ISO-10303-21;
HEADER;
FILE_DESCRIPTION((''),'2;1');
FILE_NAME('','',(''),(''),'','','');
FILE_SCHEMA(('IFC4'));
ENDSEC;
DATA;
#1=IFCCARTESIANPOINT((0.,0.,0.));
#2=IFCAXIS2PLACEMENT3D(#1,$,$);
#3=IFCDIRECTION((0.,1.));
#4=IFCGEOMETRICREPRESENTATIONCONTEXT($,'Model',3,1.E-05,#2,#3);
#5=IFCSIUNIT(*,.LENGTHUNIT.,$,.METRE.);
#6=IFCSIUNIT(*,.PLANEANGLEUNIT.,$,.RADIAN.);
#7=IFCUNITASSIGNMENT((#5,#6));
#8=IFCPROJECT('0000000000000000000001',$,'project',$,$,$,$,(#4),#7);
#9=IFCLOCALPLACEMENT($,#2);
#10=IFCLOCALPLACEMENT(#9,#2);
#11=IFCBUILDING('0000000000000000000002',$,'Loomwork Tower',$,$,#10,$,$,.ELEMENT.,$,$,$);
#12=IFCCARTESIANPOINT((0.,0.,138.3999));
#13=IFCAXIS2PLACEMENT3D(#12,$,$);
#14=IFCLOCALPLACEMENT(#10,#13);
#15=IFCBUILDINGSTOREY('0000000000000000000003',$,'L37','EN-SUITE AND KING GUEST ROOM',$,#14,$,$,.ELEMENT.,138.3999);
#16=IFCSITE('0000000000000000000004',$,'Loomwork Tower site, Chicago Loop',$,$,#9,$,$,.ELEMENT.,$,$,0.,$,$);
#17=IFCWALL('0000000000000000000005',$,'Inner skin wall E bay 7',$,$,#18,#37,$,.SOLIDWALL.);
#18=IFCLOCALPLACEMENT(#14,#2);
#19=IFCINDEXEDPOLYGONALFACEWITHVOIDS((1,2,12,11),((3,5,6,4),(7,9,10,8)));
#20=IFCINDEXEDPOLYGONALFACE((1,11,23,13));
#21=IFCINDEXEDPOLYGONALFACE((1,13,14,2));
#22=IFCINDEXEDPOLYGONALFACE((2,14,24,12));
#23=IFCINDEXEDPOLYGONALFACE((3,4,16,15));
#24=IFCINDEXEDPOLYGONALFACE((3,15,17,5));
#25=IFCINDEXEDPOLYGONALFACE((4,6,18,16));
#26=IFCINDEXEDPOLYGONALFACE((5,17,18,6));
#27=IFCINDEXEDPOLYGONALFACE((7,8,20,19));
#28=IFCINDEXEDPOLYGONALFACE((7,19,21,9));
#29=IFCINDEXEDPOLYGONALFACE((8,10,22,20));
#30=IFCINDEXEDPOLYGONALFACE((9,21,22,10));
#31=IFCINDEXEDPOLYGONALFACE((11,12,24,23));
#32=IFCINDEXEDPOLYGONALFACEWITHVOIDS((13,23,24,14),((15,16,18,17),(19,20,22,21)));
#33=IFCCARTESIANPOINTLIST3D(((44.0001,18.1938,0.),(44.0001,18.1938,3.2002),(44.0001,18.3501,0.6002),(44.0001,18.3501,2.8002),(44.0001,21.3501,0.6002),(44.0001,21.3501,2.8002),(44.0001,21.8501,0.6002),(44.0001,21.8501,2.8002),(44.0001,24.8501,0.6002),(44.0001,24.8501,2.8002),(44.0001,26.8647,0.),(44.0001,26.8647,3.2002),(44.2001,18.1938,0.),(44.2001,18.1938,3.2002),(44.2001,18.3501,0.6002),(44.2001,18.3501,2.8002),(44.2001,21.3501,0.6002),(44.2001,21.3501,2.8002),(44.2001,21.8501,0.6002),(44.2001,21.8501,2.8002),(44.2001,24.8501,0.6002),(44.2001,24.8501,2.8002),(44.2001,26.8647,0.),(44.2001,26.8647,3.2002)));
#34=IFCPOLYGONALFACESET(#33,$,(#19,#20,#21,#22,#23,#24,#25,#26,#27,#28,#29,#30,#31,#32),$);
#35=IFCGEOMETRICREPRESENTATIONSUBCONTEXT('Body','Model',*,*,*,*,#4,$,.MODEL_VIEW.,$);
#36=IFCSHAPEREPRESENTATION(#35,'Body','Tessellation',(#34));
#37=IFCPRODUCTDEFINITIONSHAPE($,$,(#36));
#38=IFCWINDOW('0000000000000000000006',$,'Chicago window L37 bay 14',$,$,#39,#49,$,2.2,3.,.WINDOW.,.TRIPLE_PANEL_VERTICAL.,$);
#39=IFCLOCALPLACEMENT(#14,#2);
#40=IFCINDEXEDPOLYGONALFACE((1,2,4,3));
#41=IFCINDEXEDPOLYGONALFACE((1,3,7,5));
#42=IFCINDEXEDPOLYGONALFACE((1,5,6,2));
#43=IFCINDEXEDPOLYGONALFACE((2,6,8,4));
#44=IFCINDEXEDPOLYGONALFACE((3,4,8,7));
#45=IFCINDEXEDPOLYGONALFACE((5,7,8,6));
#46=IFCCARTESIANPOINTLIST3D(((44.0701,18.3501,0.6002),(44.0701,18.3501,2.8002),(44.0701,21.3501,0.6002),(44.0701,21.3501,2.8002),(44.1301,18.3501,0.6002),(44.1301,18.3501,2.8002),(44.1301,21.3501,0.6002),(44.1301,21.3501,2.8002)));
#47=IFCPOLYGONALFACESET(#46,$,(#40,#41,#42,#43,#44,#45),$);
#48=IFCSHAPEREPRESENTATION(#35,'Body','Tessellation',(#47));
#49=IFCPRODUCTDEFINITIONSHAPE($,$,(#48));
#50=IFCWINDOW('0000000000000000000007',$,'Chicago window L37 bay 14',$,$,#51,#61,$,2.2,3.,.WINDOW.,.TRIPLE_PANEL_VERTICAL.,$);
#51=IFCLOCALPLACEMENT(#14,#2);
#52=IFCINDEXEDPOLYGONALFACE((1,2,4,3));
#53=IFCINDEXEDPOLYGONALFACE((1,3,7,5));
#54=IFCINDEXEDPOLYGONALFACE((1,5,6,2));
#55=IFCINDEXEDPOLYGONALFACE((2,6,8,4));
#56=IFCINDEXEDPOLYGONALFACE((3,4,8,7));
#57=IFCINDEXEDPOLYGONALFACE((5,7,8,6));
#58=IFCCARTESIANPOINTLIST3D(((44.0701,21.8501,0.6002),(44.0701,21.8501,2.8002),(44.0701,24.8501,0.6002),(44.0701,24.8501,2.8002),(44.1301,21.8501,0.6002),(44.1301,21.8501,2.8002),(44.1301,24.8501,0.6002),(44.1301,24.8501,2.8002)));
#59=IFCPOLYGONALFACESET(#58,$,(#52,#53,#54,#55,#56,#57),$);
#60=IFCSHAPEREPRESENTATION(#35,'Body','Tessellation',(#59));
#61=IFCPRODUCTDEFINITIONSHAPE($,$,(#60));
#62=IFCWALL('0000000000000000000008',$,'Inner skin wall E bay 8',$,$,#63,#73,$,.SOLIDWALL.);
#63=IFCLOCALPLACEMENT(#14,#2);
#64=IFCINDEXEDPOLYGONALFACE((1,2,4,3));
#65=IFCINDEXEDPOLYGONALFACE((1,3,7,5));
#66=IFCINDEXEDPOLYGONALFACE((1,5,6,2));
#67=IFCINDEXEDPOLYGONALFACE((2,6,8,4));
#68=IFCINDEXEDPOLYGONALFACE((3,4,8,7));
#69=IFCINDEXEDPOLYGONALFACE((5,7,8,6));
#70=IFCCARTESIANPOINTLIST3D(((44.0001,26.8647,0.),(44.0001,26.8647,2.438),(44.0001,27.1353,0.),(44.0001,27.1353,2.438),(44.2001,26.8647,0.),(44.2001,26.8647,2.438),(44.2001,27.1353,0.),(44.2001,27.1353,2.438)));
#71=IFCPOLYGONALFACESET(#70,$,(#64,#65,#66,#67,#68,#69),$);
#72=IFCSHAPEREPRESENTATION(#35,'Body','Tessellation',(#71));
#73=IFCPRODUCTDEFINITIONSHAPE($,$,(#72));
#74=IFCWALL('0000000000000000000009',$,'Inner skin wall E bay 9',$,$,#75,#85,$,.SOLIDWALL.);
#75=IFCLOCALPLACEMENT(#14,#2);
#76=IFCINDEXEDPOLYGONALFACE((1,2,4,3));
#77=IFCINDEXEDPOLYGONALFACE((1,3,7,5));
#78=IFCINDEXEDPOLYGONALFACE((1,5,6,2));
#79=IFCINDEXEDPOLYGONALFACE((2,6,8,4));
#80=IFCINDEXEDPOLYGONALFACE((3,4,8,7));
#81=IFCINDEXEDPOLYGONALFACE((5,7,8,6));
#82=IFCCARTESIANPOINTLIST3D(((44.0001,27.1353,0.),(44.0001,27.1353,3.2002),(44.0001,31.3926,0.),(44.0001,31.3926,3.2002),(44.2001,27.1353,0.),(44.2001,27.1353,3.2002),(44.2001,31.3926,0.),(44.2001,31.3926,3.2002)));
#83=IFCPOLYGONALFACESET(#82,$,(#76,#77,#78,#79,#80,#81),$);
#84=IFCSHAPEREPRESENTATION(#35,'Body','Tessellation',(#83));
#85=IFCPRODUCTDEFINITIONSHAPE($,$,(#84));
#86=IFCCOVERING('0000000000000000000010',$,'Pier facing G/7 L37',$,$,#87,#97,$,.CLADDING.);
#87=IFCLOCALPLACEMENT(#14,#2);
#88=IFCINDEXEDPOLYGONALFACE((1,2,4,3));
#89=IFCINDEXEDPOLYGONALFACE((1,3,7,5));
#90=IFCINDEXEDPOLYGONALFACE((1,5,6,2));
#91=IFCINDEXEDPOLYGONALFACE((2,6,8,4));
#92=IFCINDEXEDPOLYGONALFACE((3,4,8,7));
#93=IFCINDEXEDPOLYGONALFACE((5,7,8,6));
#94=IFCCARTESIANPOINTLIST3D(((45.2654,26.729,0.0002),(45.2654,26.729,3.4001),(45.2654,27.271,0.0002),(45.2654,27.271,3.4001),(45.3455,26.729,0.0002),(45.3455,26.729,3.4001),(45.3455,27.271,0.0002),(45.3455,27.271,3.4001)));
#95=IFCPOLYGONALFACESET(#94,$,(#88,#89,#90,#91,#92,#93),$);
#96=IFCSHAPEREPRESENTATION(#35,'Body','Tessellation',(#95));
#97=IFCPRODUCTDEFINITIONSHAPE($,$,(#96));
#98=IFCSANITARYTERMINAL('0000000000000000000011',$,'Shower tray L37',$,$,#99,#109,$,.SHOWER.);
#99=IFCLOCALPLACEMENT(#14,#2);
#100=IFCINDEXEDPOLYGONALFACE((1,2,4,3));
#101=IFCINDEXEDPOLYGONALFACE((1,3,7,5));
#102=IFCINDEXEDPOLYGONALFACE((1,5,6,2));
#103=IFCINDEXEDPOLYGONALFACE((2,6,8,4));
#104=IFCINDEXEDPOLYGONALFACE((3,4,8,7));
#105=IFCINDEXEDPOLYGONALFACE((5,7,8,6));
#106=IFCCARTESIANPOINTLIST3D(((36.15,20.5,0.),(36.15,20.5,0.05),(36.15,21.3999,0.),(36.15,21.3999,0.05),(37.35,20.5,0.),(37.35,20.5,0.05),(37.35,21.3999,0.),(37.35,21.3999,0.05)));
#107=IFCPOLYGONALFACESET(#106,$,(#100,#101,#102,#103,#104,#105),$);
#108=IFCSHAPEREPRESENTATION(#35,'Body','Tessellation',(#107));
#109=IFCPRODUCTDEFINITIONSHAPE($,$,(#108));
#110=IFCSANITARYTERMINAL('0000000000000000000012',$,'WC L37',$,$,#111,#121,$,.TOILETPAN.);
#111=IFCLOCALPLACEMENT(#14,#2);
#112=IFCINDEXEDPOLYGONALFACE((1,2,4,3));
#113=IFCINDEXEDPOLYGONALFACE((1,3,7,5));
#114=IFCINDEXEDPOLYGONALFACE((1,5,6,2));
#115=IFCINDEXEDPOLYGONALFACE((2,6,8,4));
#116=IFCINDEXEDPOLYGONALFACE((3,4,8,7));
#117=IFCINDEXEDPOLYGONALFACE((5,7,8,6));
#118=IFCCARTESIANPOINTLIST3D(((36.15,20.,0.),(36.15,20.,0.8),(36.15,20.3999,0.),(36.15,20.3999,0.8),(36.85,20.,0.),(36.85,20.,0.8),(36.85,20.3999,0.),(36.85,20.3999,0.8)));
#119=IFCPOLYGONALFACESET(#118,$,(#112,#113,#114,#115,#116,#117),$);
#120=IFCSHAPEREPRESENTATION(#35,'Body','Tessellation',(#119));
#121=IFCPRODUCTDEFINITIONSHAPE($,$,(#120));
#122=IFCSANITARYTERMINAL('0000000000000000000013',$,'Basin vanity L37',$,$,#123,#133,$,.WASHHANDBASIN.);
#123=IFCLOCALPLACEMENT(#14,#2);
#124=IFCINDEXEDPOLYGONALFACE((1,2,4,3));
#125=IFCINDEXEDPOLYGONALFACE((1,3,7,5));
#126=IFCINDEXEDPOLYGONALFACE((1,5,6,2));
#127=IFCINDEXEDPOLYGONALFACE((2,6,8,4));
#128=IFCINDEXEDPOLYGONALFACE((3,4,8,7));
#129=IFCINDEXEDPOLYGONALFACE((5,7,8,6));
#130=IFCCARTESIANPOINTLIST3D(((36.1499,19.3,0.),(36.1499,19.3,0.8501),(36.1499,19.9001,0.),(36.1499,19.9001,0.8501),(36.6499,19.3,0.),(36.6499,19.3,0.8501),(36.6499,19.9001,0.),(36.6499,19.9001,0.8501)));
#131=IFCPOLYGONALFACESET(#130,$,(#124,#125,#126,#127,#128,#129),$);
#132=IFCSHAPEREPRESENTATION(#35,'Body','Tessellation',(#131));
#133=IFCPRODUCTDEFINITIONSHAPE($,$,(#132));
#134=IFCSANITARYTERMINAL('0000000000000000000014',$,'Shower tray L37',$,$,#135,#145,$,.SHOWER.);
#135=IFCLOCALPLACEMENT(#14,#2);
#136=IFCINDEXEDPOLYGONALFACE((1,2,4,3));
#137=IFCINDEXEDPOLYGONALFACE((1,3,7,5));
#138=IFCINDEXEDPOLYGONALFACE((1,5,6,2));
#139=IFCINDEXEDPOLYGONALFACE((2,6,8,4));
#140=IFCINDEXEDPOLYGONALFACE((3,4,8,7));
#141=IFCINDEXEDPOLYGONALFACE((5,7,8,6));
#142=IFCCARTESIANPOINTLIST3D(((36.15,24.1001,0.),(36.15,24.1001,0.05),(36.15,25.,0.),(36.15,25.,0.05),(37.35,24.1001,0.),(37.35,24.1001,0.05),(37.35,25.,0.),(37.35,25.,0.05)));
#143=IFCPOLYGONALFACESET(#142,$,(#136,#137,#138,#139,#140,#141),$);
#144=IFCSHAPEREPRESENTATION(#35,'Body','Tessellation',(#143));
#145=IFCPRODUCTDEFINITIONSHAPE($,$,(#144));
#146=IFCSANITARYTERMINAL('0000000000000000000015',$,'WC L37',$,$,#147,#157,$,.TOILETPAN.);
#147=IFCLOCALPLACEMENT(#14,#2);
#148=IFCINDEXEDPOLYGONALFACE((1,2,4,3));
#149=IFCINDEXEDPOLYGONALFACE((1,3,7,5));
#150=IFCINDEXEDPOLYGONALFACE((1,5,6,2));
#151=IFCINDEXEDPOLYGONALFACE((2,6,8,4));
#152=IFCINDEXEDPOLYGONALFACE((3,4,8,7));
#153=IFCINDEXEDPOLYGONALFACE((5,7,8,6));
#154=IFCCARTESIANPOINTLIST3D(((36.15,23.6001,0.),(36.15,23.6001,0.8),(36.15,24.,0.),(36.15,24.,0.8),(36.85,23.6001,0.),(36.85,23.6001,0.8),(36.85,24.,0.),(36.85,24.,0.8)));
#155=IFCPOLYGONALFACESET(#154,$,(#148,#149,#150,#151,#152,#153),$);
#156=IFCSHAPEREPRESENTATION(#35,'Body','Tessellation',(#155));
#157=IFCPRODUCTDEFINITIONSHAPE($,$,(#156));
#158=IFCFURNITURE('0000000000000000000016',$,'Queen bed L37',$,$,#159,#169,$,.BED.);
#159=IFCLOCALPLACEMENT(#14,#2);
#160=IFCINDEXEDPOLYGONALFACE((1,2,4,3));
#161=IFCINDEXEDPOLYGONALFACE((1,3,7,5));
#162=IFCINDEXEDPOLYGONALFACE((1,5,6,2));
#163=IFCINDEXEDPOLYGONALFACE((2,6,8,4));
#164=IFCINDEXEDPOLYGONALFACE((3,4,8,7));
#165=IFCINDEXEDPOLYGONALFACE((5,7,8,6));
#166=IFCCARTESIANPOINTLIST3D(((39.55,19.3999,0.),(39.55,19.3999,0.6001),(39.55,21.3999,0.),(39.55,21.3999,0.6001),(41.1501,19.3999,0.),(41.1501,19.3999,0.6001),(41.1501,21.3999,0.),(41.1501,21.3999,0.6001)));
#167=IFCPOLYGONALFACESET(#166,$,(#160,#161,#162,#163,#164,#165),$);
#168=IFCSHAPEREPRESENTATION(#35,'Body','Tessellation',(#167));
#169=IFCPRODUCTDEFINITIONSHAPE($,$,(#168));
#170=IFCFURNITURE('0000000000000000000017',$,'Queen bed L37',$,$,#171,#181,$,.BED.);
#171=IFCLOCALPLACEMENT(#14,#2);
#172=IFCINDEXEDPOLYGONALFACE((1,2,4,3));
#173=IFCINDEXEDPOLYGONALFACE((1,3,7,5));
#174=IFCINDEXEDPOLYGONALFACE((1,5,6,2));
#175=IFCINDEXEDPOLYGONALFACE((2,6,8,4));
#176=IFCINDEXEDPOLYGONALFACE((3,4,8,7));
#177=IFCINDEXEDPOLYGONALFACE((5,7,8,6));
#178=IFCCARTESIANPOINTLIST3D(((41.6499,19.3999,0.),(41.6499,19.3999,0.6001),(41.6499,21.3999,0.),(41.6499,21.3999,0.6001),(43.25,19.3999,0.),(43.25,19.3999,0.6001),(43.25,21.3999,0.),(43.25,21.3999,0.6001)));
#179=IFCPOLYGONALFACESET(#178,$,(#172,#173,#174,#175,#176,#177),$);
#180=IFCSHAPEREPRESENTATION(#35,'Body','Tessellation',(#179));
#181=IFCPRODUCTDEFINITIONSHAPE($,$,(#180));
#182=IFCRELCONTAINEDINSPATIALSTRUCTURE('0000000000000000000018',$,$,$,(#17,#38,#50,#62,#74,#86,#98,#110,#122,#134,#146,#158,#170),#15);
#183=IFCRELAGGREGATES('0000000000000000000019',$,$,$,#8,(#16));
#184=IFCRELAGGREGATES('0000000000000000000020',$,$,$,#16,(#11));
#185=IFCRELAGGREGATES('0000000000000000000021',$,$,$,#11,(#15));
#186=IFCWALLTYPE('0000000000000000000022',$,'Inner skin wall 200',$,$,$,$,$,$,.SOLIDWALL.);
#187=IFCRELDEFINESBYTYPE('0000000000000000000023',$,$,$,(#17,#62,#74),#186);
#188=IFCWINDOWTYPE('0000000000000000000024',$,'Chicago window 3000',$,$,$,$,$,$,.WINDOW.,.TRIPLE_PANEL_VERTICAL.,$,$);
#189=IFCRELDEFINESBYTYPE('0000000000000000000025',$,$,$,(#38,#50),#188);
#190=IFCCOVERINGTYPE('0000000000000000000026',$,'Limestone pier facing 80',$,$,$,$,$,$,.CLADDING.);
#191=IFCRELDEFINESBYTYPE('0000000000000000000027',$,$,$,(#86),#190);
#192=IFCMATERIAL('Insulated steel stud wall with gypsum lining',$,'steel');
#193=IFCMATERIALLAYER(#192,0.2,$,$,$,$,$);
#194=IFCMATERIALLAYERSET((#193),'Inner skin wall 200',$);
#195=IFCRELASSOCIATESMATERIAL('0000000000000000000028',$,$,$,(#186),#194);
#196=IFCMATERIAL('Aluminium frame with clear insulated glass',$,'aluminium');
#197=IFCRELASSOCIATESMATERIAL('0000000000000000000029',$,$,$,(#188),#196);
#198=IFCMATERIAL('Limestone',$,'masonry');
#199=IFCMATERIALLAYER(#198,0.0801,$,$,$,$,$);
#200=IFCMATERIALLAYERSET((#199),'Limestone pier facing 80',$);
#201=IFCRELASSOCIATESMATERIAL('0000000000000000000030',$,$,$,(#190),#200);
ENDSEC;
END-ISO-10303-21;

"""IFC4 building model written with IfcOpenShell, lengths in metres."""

from ifc_helpers import new_model, si_unit, direction, frame, frame_2d, origin, origin_2d, place, context, subcontext, project, spatial, rectangle, extrude, material, layer, layer_set, type_object, element, fill, save


model = new_model("IFC4")

# Units and contexts
model_context = context("Model", 3, precision=1e-05, world=origin(), true_north=direction((0.0, 1.0)))
body_context = subcontext(model_context, "Body", "Model", "MODEL_VIEW")
ifc_project = project(units=[si_unit("LENGTHUNIT", "METRE"), si_unit("PLANEANGLEUNIT", "RADIAN")], contexts=[model_context])

# Site, building, storey
site_placement = place(None, origin())
site = spatial("IfcSite", under=ifc_project, at=site_placement, Name="Loomwork Tower site, Chicago Loop", CompositionType="ELEMENT", RefElevation=0.0)
building_placement = place(site_placement, origin())
building = spatial("IfcBuilding", under=site, at=building_placement, Name="Loomwork Tower", CompositionType="ELEMENT")
storey_placement = place(building_placement, frame((0.0, 0.0, 138.3999)))
storey = spatial("IfcBuildingStorey", under=building, at=storey_placement, Name="L37", Description="EN-SUITE AND KING GUEST ROOM", CompositionType="ELEMENT", Elevation=138.3999)

# Wall, openings, windows
ifc_material_1 = material(Name="Insulated steel stud wall with gypsum lining", Category="steel")
ifc_layer_1 = layer(ifc_material_1, 0.2)
ifc_layer_set_1 = layer_set([ifc_layer_1], Name="Inner skin wall 200")
wall_type_1 = type_object("IfcWallType", Name="Inner skin wall 200", PredefinedType="SOLIDWALL", material=ifc_layer_set_1)
wall_1_placement = place(storey_placement, frame((44.1001, 18.1938, 0.0), z_axis=(0.0, 0.0, 1.0), x_axis=(0.0, 1.0, 0.0)))
wall_1 = element("IfcWall", 1, at=wall_1_placement, inside=storey, type_object=wall_type_1, Name="Inner skin wall E bay 7", PredefinedType="SOLIDWALL", context=body_context, shape_type="SweptSolid", body=[
    extrude(rectangle(XDim=8.6709, YDim=0.2, at=frame_2d((4.3354, 0.0))), origin(), (0.0, 0.0, 1.0), 3.2002),
])
opening_1_placement = place(wall_1_placement, frame((0.1562, 0.0, 0.6001)))
opening_1 = element("IfcOpeningElement", 2, at=opening_1_placement, cuts=wall_1, PredefinedType="OPENING", context=body_context, shape_type="SweptSolid", body=[
    extrude(rectangle(XDim=3.0, YDim=2.2, at=frame_2d((1.5, 1.1001))), frame((0.0, 0.1099, 0.0), z_axis=(0.0, -1.0, 0.0), x_axis=(1.0, 0.0, 0.0)), (0.0, 0.0, 1.0), 0.22),
])
opening_2_placement = place(wall_1_placement, frame((3.6562, 0.0, 0.6001)))
opening_2 = element("IfcOpeningElement", 3, at=opening_2_placement, cuts=wall_1, PredefinedType="OPENING", context=body_context, shape_type="SweptSolid", body=[
    extrude(rectangle(XDim=3.0, YDim=2.2, at=frame_2d((1.5, 1.1001))), frame((0.0, 0.1099, 0.0), z_axis=(0.0, -1.0, 0.0), x_axis=(1.0, 0.0, 0.0)), (0.0, 0.0, 1.0), 0.22),
])
ifc_material_2 = material(Name="Aluminium frame with clear insulated glass", Category="aluminium")
window_type = type_object("IfcWindowType", Name="Chicago window 3000", PartitioningType="TRIPLE_PANEL_VERTICAL", PredefinedType="WINDOW", material=ifc_material_2)
window_1_placement = place(opening_1_placement, origin())
window_1 = element("IfcWindow", 4, at=window_1_placement, inside=storey, type_object=window_type, Name="Chicago window L37 bay 14", OverallHeight=2.2, OverallWidth=3.0, PartitioningType="TRIPLE_PANEL_VERTICAL", PredefinedType="WINDOW", context=body_context, shape_type="SweptSolid", body=[
    extrude(rectangle(XDim=3.0, YDim=2.2, at=frame_2d((1.5, 1.1001))), frame((0.0, 0.03, 0.0), z_axis=(0.0, -1.0, 0.0), x_axis=(1.0, 0.0, 0.0)), (0.0, 0.0, 1.0), 0.0601),
])
fill(opening_1, window_1)
window_2_placement = place(opening_2_placement, origin())
window_2 = element("IfcWindow", 5, at=window_2_placement, inside=storey, type_object=window_type, Name="Chicago window L37 bay 14", OverallHeight=2.2, OverallWidth=3.0, PartitioningType="TRIPLE_PANEL_VERTICAL", PredefinedType="WINDOW", context=body_context, shape_type="SweptSolid", body=[
    extrude(rectangle(XDim=3.0, YDim=2.2, at=frame_2d((1.5, 1.1001))), frame((0.0, 0.03, 0.0), z_axis=(0.0, -1.0, 0.0), x_axis=(1.0, 0.0, 0.0)), (0.0, 0.0, 1.0), 0.0601),
])
fill(opening_2, window_2)

# Walls
wall_2_placement = place(storey_placement, frame((44.1001, 26.8647, 0.0), z_axis=(0.0, 0.0, 1.0), x_axis=(0.0, 1.0, 0.0)))
element("IfcWall", 6, at=wall_2_placement, inside=storey, type_object=wall_type_1, Name="Inner skin wall E bay 8", PredefinedType="SOLIDWALL", context=body_context, shape_type="SweptSolid", body=[
    extrude(rectangle(XDim=0.2705, YDim=0.2, at=frame_2d((0.1353, 0.0))), origin(), (0.0, 0.0, 1.0), 2.438),
])
wall_3_placement = place(storey_placement, frame((44.1001, 27.1353, 0.0), z_axis=(0.0, 0.0, 1.0), x_axis=(0.0, 1.0, 0.0)))
element("IfcWall", 7, at=wall_3_placement, inside=storey, type_object=wall_type_1, Name="Inner skin wall E bay 9", PredefinedType="SOLIDWALL", context=body_context, shape_type="SweptSolid", body=[
    extrude(rectangle(XDim=4.2573, YDim=0.2, at=frame_2d((2.1287, 0.0))), origin(), (0.0, 0.0, 1.0), 3.2002),
])

# Covering
ifc_material_3 = material(Name="Limestone", Category="masonry")
ifc_layer_2 = layer(ifc_material_3, 0.0801)
ifc_layer_set_2 = layer_set([ifc_layer_2], Name="Limestone pier facing 80")
covering_type = type_object("IfcCoveringType", Name="Limestone pier facing 80", PredefinedType="CLADDING", material=ifc_layer_set_2)
covering_placement = place(storey_placement, frame((45.3054, 27.0, 0.0002), z_axis=(0.0, 0.0, 1.0), x_axis=(1.0, 0.0, 0.0)))
element("IfcCovering", 8, at=covering_placement, inside=storey, type_object=covering_type, Name="Pier facing G/7 L37", PredefinedType="CLADDING", context=body_context, shape_type="SweptSolid", body=[
    extrude(rectangle(XDim=0.0801, YDim=0.542, at=origin_2d()), origin(), (0.0, 0.0, 1.0), 3.3999),
])

# Sanitary terminals
sanitary_terminal_1_placement = place(storey_placement, frame((36.75, 20.95, 0.0), z_axis=(0.0, 0.0, 1.0), x_axis=(1.0, 0.0, 0.0)))
element("IfcSanitaryTerminal", 9, at=sanitary_terminal_1_placement, inside=storey, Name="Shower tray L37", PredefinedType="SHOWER", context=body_context, shape_type="SweptSolid", body=[
    extrude(rectangle(XDim=1.2, YDim=0.8999, at=origin_2d()), origin(), (0.0, 0.0, 1.0), 0.05),
])
sanitary_terminal_2_placement = place(storey_placement, frame((36.5, 20.2, 0.0), z_axis=(0.0, 0.0, 1.0), x_axis=(1.0, 0.0, 0.0)))
element("IfcSanitaryTerminal", 10, at=sanitary_terminal_2_placement, inside=storey, Name="WC L37", PredefinedType="TOILETPAN", context=body_context, shape_type="SweptSolid", body=[
    extrude(rectangle(XDim=0.7, YDim=0.3999, at=origin_2d()), origin(), (0.0, 0.0, 1.0), 0.8),
])
sanitary_terminal_3_placement = place(storey_placement, frame((36.3999, 19.6001, 0.0), z_axis=(0.0, 0.0, 1.0), x_axis=(1.0, 0.0, 0.0)))
element("IfcSanitaryTerminal", 11, at=sanitary_terminal_3_placement, inside=storey, Name="Basin vanity L37", PredefinedType="WASHHANDBASIN", context=body_context, shape_type="SweptSolid", body=[
    extrude(rectangle(XDim=0.5, YDim=0.6001, at=origin_2d()), origin(), (0.0, 0.0, 1.0), 0.8501),
])
sanitary_terminal_4_placement = place(storey_placement, frame((36.75, 24.55, 0.0), z_axis=(0.0, 0.0, 1.0), x_axis=(1.0, 0.0, 0.0)))
element("IfcSanitaryTerminal", 12, at=sanitary_terminal_4_placement, inside=storey, Name="Shower tray L37", PredefinedType="SHOWER", context=body_context, shape_type="SweptSolid", body=[
    extrude(rectangle(XDim=1.2, YDim=0.8999, at=origin_2d()), origin(), (0.0, 0.0, 1.0), 0.05),
])
sanitary_terminal_5_placement = place(storey_placement, frame((36.5, 23.8, 0.0), z_axis=(0.0, 0.0, 1.0), x_axis=(1.0, 0.0, 0.0)))
element("IfcSanitaryTerminal", 13, at=sanitary_terminal_5_placement, inside=storey, Name="WC L37", PredefinedType="TOILETPAN", context=body_context, shape_type="SweptSolid", body=[
    extrude(rectangle(XDim=0.7, YDim=0.3999, at=origin_2d()), origin(), (0.0, 0.0, 1.0), 0.8),
])

# Furniture
for number, where, z_axis, x_axis, name in (
    (14, (40.3501, 20.3999, 0.0), (0.0, 0.0, 1.0), (1.0, 0.0, 0.0), "Queen bed L37"),
    (15, (42.45, 20.3999, 0.0), (0.0, 0.0, 1.0), (1.0, 0.0, 0.0), "Queen bed L37"),
):
    element("IfcFurniture", number, at=place(storey_placement, frame(where, z_axis=z_axis, x_axis=x_axis)), inside=storey, Name=name, PredefinedType="BED", context=body_context, shape_type="SweptSolid", body=[
        extrude(rectangle(XDim=1.6001, YDim=2.0, at=origin_2d()), origin(), (0.0, 0.0, 1.0), 0.6001),
    ])

save(model, "model.ifc")
